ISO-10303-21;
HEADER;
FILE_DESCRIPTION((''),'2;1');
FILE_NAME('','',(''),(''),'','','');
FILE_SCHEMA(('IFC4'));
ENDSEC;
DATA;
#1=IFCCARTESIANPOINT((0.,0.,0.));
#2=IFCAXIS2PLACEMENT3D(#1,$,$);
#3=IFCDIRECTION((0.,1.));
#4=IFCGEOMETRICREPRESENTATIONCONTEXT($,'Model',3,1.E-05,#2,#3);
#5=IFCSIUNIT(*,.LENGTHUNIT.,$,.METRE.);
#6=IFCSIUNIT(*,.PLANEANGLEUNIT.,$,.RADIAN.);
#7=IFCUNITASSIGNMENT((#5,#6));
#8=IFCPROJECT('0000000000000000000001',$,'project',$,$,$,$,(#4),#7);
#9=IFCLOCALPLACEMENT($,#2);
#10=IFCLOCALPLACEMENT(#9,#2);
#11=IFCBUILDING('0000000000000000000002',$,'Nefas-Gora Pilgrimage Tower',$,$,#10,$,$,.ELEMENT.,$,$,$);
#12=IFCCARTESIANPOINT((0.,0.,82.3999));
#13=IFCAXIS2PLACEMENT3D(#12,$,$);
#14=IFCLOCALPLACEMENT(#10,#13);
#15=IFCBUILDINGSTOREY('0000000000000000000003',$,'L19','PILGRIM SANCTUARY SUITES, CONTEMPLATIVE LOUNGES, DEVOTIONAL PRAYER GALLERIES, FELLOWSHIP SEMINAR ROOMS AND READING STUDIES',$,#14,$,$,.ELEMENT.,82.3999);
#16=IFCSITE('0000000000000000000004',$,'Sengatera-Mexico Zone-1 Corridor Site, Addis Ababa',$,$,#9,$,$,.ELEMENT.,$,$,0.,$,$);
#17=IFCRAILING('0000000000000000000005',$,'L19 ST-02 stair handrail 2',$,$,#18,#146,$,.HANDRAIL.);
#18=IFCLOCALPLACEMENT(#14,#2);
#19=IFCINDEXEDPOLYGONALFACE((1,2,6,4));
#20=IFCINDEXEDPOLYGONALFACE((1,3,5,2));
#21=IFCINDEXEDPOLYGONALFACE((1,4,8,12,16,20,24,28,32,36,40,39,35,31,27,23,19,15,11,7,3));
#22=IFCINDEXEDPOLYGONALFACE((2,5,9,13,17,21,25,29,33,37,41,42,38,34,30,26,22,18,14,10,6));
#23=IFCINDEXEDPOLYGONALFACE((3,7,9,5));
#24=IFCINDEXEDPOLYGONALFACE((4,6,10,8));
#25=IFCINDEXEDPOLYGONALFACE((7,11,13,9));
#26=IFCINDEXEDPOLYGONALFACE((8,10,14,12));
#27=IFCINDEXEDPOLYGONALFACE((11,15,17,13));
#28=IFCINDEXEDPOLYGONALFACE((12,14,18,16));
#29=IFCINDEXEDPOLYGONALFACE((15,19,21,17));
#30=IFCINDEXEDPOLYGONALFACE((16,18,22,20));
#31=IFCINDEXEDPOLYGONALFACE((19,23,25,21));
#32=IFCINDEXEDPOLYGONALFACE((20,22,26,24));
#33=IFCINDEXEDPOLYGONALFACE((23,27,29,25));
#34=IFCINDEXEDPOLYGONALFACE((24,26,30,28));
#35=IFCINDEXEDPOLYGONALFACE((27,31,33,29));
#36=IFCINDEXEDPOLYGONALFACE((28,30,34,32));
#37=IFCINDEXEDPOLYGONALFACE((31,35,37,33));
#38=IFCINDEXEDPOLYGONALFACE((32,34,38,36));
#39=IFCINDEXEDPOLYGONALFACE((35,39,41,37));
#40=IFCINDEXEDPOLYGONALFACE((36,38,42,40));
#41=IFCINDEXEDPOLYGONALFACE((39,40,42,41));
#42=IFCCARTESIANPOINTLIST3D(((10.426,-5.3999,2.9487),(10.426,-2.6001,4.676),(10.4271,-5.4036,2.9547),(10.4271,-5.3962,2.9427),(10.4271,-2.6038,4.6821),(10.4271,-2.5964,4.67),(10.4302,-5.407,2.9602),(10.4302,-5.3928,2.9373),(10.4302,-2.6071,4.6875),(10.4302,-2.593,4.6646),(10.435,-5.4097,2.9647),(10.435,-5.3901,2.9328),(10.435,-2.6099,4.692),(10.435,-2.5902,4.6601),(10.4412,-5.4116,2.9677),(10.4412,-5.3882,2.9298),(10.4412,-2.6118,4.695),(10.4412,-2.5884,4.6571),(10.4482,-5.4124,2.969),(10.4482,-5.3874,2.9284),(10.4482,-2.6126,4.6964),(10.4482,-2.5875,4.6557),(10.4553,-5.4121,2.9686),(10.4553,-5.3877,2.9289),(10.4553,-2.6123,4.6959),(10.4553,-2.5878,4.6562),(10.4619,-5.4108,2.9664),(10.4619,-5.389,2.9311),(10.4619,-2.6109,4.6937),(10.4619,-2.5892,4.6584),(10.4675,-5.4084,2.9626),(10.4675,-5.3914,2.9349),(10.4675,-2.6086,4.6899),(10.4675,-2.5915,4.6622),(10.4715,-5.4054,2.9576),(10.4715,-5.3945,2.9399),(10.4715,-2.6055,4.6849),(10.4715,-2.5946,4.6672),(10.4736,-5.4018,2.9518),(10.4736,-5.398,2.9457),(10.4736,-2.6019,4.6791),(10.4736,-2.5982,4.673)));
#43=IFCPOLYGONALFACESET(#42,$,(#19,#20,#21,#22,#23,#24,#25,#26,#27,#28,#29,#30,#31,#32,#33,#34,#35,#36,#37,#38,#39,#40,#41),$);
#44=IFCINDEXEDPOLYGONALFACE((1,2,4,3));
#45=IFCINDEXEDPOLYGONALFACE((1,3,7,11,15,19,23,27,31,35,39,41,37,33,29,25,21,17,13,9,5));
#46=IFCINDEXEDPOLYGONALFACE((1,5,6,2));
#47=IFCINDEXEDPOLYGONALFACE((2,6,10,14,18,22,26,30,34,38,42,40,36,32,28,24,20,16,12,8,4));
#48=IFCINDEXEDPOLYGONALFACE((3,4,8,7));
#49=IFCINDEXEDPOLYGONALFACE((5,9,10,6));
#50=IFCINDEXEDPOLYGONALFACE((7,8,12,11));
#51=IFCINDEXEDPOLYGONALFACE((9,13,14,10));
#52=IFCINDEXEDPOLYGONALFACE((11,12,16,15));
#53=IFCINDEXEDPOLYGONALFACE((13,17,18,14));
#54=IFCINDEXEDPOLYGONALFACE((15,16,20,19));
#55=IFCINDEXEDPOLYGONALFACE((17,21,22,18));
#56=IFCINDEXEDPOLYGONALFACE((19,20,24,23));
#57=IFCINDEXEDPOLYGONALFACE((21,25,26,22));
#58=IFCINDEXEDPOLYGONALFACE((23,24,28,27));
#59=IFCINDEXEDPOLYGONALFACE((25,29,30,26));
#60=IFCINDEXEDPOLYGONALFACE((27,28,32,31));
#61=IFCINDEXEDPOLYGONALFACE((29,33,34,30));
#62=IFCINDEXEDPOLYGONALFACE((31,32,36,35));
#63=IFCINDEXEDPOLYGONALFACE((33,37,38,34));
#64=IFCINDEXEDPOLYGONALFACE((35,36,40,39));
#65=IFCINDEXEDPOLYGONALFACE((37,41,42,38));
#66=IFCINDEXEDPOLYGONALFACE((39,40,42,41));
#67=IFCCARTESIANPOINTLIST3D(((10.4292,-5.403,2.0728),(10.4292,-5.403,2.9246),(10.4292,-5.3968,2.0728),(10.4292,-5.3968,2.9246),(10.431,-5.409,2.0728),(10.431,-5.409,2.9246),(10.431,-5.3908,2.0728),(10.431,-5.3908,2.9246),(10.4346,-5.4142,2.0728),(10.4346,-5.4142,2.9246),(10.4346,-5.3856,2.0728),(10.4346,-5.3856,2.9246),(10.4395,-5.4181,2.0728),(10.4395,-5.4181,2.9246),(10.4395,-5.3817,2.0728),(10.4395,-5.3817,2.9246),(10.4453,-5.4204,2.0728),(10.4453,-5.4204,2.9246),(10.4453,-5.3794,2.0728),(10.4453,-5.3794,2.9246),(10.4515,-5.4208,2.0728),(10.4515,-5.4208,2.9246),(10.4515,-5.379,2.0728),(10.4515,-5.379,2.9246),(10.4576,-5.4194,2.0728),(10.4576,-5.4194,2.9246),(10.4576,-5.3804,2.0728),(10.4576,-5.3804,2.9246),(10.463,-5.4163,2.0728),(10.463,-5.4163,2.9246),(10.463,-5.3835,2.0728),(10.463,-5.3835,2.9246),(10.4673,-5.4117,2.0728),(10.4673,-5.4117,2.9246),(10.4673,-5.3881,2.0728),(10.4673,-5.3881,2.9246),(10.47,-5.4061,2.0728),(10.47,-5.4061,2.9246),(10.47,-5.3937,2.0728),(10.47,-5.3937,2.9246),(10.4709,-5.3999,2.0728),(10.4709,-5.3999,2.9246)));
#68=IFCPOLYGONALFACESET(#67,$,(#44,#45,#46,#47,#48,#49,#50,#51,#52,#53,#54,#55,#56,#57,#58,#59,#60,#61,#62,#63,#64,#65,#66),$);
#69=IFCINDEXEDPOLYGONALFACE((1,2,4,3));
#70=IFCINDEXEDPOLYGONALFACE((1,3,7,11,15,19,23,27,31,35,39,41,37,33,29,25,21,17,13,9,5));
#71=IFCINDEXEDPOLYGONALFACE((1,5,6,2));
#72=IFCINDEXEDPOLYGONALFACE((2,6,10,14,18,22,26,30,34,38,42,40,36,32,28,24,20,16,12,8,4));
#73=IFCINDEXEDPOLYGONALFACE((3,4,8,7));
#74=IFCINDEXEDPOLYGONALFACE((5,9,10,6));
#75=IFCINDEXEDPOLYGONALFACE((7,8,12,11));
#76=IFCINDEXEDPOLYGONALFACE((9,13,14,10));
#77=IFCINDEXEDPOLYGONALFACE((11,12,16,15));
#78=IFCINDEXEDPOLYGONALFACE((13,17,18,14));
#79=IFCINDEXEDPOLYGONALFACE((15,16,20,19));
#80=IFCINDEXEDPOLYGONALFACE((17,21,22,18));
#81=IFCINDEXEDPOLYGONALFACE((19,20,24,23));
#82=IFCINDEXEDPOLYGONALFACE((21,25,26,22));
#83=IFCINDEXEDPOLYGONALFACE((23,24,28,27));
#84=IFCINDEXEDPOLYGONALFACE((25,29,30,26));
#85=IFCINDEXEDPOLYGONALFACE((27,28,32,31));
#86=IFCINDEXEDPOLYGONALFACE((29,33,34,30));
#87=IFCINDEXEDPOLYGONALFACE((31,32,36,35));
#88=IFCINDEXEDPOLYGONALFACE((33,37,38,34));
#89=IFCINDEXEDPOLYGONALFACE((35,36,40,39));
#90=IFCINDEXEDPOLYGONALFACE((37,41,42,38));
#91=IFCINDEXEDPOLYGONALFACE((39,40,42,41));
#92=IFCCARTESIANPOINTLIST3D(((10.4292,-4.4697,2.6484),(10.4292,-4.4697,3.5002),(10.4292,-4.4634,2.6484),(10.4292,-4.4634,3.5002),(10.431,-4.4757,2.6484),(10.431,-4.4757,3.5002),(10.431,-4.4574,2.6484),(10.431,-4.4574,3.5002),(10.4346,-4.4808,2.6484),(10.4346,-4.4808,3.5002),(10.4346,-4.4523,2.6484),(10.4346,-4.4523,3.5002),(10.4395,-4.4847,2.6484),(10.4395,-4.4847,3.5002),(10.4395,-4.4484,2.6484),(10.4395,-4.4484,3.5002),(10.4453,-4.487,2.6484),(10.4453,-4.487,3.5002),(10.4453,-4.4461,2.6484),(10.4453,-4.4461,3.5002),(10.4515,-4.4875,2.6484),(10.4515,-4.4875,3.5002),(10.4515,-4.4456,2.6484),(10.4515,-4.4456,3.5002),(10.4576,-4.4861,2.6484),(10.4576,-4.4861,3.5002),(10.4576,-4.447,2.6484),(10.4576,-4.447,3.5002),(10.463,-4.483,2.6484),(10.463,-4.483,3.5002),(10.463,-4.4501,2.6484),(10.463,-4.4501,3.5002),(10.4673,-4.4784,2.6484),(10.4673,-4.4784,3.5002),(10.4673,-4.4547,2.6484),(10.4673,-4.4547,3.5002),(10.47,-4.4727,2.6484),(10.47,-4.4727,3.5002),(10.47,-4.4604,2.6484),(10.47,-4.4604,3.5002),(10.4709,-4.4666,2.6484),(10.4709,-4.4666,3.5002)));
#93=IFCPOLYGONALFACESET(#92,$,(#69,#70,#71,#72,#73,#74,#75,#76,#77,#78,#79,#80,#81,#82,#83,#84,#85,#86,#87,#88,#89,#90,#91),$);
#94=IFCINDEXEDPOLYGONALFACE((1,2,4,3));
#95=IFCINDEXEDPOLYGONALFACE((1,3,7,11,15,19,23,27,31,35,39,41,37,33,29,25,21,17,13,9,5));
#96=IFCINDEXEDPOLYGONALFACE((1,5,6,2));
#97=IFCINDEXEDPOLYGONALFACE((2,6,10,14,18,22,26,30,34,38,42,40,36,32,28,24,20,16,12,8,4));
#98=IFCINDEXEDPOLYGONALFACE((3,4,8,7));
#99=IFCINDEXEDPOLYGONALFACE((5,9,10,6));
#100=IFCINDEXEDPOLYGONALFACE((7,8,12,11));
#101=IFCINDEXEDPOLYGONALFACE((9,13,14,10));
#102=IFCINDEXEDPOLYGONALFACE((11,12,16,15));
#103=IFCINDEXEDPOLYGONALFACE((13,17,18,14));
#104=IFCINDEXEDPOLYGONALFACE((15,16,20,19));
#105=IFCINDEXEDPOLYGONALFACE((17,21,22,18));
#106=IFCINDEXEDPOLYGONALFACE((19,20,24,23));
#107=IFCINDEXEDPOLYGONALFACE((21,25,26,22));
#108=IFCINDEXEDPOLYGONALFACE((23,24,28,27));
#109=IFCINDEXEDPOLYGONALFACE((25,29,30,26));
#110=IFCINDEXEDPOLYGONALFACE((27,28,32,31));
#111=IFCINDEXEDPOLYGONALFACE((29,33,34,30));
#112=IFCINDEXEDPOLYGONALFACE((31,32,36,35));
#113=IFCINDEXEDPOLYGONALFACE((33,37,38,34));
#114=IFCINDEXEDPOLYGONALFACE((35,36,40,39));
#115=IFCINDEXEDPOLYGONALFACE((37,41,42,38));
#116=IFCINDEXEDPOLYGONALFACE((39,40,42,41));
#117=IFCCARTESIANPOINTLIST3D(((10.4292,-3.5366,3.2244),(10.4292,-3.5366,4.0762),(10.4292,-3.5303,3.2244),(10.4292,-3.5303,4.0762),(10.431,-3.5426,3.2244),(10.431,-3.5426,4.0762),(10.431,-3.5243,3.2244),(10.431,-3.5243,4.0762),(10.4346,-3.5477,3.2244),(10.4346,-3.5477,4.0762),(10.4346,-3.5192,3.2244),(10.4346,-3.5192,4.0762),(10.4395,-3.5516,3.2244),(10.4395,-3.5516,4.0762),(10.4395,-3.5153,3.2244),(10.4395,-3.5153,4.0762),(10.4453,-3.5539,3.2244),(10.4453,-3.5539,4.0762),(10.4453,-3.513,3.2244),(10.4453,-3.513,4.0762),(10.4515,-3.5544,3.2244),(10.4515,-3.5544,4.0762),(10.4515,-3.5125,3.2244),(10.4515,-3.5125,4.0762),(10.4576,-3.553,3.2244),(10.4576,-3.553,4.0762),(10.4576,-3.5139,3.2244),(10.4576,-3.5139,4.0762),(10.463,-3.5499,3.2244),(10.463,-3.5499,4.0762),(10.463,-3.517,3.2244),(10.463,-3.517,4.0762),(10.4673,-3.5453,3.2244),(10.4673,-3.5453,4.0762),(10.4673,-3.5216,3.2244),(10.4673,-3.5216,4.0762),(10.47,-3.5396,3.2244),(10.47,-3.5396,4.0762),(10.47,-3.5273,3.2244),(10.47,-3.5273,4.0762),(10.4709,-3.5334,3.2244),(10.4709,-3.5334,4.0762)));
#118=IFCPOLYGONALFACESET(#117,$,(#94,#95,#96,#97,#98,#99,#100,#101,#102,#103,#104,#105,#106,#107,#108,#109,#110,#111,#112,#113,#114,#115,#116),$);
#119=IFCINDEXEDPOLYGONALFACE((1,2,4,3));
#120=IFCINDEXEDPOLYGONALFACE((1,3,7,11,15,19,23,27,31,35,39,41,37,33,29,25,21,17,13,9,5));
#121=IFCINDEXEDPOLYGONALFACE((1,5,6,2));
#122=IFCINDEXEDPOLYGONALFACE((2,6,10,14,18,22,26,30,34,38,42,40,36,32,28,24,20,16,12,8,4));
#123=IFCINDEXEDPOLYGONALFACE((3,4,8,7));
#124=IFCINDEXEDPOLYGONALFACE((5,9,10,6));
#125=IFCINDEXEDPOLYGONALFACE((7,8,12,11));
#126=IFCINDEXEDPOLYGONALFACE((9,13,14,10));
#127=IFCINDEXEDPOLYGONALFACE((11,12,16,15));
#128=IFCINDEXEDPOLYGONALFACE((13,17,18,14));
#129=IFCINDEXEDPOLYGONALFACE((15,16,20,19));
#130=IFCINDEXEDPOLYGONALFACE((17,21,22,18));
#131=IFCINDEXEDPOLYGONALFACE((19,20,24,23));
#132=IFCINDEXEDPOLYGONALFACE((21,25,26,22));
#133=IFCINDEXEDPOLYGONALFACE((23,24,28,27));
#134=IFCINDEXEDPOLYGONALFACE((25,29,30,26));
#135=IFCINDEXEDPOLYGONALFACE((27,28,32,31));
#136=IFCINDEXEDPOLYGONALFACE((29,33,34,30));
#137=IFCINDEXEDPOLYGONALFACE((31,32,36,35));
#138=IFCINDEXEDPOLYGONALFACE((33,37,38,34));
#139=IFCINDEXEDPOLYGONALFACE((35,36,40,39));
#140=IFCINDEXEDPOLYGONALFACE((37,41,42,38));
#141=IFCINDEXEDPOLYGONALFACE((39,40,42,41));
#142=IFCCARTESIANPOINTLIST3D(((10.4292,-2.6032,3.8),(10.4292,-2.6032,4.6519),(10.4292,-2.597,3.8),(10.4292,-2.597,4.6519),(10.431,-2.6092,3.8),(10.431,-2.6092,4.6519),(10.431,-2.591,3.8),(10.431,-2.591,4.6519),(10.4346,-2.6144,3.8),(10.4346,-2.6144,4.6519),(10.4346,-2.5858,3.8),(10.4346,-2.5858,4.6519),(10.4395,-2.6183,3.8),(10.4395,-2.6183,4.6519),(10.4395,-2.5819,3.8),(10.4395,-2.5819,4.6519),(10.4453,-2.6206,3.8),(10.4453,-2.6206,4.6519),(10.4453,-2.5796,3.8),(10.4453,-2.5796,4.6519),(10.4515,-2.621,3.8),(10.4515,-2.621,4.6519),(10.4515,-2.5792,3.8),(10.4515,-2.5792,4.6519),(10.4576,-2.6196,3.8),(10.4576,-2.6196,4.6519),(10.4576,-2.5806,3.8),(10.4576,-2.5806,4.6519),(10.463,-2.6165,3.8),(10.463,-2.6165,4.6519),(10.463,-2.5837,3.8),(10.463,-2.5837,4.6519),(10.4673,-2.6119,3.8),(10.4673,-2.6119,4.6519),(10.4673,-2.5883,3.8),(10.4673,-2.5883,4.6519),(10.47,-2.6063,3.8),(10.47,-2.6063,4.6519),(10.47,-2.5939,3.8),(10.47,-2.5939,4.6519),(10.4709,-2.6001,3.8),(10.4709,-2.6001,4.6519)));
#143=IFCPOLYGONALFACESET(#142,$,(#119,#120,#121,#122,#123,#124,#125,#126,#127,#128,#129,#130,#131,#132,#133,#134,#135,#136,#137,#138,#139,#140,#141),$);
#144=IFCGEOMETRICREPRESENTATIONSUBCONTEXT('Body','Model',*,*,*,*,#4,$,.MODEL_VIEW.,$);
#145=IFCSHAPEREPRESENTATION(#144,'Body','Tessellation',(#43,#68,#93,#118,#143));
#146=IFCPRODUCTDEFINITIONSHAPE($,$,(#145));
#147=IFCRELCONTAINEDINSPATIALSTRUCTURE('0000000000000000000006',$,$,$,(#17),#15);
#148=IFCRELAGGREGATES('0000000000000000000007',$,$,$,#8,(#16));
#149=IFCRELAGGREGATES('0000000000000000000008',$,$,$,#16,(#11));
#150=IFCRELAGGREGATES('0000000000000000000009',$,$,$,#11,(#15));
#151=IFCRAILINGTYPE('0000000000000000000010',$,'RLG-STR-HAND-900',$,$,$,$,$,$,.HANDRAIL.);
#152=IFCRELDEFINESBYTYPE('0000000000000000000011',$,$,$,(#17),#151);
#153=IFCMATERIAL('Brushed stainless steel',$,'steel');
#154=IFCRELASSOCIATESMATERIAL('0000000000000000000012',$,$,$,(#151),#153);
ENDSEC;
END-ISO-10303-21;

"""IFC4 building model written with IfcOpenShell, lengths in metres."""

from ifc_helpers import new_model, si_unit, direction, frame, origin, origin_2d, place, context, subcontext, project, spatial, circle, extrude, material, type_object, element, save


model = new_model("IFC4")

# Units and contexts
model_context = context("Model", 3, precision=1e-05, world=origin(), true_north=direction((0.0, 1.0)))
body_context = subcontext(model_context, "Body", "Model", "MODEL_VIEW")
ifc_project = project(units=[si_unit("LENGTHUNIT", "METRE"), si_unit("PLANEANGLEUNIT", "RADIAN")], contexts=[model_context])

# Site, building, storey
site_placement = place(None, origin())
site = spatial("IfcSite", under=ifc_project, at=site_placement, Name="Sengatera-Mexico Zone-1 Corridor Site, Addis Ababa", CompositionType="ELEMENT", RefElevation=0.0)
building_placement = place(site_placement, origin())
building = spatial("IfcBuilding", under=site, at=building_placement, Name="Nefas-Gora Pilgrimage Tower", CompositionType="ELEMENT")
storey_placement = place(building_placement, frame((0.0, 0.0, 82.3999)))
storey = spatial("IfcBuildingStorey", under=building, at=storey_placement, Name="L19", Description="PILGRIM SANCTUARY SUITES, CONTEMPLATIVE LOUNGES, DEVOTIONAL PRAYER GALLERIES, FELLOWSHIP SEMINAR ROOMS AND READING STUDIES", CompositionType="ELEMENT", Elevation=82.3999)

# Railing
ifc_material_1 = material(Name="Brushed stainless steel", Category="steel")
railing_type_1 = type_object("IfcRailingType", Name="RLG-STR-HAND-900", PredefinedType="HANDRAIL", material=ifc_material_1)
railing_1_placement = place(storey_placement, frame((10.45, -5.3999, 2.0728)))
element("IfcRailing", 1, at=railing_1_placement, inside=storey, type_object=railing_type_1, Name="L19 ST-02 stair handrail 2", PredefinedType="HANDRAIL", context=body_context, shape_type="SweptSolid", body=[
    extrude(circle(Radius=0.0239, at=origin_2d()), frame((0.0, 0.0, 0.876), z_axis=(0.0, 0.851069, 0.525054), x_axis=(-1.0, 0.0, 0.0)), (0.0, 0.0, 1.0), 3.2898),
    extrude(circle(Radius=0.021, at=origin_2d()), origin(), (0.0, 0.0, 1.0), 0.8518),
    extrude(circle(Radius=0.021, at=origin_2d()), frame((0.0, 0.9333, 0.5757)), (0.0, 0.0, 1.0), 0.8518),
    extrude(circle(Radius=0.021, at=origin_2d()), frame((0.0, 1.8665, 1.1516)), (0.0, 0.0, 1.0), 0.8518),
    extrude(circle(Radius=0.021, at=origin_2d()), frame((0.0, 2.7998, 1.7273)), (0.0, 0.0, 1.0), 0.8518),
])

save(model, "model.ifc")
